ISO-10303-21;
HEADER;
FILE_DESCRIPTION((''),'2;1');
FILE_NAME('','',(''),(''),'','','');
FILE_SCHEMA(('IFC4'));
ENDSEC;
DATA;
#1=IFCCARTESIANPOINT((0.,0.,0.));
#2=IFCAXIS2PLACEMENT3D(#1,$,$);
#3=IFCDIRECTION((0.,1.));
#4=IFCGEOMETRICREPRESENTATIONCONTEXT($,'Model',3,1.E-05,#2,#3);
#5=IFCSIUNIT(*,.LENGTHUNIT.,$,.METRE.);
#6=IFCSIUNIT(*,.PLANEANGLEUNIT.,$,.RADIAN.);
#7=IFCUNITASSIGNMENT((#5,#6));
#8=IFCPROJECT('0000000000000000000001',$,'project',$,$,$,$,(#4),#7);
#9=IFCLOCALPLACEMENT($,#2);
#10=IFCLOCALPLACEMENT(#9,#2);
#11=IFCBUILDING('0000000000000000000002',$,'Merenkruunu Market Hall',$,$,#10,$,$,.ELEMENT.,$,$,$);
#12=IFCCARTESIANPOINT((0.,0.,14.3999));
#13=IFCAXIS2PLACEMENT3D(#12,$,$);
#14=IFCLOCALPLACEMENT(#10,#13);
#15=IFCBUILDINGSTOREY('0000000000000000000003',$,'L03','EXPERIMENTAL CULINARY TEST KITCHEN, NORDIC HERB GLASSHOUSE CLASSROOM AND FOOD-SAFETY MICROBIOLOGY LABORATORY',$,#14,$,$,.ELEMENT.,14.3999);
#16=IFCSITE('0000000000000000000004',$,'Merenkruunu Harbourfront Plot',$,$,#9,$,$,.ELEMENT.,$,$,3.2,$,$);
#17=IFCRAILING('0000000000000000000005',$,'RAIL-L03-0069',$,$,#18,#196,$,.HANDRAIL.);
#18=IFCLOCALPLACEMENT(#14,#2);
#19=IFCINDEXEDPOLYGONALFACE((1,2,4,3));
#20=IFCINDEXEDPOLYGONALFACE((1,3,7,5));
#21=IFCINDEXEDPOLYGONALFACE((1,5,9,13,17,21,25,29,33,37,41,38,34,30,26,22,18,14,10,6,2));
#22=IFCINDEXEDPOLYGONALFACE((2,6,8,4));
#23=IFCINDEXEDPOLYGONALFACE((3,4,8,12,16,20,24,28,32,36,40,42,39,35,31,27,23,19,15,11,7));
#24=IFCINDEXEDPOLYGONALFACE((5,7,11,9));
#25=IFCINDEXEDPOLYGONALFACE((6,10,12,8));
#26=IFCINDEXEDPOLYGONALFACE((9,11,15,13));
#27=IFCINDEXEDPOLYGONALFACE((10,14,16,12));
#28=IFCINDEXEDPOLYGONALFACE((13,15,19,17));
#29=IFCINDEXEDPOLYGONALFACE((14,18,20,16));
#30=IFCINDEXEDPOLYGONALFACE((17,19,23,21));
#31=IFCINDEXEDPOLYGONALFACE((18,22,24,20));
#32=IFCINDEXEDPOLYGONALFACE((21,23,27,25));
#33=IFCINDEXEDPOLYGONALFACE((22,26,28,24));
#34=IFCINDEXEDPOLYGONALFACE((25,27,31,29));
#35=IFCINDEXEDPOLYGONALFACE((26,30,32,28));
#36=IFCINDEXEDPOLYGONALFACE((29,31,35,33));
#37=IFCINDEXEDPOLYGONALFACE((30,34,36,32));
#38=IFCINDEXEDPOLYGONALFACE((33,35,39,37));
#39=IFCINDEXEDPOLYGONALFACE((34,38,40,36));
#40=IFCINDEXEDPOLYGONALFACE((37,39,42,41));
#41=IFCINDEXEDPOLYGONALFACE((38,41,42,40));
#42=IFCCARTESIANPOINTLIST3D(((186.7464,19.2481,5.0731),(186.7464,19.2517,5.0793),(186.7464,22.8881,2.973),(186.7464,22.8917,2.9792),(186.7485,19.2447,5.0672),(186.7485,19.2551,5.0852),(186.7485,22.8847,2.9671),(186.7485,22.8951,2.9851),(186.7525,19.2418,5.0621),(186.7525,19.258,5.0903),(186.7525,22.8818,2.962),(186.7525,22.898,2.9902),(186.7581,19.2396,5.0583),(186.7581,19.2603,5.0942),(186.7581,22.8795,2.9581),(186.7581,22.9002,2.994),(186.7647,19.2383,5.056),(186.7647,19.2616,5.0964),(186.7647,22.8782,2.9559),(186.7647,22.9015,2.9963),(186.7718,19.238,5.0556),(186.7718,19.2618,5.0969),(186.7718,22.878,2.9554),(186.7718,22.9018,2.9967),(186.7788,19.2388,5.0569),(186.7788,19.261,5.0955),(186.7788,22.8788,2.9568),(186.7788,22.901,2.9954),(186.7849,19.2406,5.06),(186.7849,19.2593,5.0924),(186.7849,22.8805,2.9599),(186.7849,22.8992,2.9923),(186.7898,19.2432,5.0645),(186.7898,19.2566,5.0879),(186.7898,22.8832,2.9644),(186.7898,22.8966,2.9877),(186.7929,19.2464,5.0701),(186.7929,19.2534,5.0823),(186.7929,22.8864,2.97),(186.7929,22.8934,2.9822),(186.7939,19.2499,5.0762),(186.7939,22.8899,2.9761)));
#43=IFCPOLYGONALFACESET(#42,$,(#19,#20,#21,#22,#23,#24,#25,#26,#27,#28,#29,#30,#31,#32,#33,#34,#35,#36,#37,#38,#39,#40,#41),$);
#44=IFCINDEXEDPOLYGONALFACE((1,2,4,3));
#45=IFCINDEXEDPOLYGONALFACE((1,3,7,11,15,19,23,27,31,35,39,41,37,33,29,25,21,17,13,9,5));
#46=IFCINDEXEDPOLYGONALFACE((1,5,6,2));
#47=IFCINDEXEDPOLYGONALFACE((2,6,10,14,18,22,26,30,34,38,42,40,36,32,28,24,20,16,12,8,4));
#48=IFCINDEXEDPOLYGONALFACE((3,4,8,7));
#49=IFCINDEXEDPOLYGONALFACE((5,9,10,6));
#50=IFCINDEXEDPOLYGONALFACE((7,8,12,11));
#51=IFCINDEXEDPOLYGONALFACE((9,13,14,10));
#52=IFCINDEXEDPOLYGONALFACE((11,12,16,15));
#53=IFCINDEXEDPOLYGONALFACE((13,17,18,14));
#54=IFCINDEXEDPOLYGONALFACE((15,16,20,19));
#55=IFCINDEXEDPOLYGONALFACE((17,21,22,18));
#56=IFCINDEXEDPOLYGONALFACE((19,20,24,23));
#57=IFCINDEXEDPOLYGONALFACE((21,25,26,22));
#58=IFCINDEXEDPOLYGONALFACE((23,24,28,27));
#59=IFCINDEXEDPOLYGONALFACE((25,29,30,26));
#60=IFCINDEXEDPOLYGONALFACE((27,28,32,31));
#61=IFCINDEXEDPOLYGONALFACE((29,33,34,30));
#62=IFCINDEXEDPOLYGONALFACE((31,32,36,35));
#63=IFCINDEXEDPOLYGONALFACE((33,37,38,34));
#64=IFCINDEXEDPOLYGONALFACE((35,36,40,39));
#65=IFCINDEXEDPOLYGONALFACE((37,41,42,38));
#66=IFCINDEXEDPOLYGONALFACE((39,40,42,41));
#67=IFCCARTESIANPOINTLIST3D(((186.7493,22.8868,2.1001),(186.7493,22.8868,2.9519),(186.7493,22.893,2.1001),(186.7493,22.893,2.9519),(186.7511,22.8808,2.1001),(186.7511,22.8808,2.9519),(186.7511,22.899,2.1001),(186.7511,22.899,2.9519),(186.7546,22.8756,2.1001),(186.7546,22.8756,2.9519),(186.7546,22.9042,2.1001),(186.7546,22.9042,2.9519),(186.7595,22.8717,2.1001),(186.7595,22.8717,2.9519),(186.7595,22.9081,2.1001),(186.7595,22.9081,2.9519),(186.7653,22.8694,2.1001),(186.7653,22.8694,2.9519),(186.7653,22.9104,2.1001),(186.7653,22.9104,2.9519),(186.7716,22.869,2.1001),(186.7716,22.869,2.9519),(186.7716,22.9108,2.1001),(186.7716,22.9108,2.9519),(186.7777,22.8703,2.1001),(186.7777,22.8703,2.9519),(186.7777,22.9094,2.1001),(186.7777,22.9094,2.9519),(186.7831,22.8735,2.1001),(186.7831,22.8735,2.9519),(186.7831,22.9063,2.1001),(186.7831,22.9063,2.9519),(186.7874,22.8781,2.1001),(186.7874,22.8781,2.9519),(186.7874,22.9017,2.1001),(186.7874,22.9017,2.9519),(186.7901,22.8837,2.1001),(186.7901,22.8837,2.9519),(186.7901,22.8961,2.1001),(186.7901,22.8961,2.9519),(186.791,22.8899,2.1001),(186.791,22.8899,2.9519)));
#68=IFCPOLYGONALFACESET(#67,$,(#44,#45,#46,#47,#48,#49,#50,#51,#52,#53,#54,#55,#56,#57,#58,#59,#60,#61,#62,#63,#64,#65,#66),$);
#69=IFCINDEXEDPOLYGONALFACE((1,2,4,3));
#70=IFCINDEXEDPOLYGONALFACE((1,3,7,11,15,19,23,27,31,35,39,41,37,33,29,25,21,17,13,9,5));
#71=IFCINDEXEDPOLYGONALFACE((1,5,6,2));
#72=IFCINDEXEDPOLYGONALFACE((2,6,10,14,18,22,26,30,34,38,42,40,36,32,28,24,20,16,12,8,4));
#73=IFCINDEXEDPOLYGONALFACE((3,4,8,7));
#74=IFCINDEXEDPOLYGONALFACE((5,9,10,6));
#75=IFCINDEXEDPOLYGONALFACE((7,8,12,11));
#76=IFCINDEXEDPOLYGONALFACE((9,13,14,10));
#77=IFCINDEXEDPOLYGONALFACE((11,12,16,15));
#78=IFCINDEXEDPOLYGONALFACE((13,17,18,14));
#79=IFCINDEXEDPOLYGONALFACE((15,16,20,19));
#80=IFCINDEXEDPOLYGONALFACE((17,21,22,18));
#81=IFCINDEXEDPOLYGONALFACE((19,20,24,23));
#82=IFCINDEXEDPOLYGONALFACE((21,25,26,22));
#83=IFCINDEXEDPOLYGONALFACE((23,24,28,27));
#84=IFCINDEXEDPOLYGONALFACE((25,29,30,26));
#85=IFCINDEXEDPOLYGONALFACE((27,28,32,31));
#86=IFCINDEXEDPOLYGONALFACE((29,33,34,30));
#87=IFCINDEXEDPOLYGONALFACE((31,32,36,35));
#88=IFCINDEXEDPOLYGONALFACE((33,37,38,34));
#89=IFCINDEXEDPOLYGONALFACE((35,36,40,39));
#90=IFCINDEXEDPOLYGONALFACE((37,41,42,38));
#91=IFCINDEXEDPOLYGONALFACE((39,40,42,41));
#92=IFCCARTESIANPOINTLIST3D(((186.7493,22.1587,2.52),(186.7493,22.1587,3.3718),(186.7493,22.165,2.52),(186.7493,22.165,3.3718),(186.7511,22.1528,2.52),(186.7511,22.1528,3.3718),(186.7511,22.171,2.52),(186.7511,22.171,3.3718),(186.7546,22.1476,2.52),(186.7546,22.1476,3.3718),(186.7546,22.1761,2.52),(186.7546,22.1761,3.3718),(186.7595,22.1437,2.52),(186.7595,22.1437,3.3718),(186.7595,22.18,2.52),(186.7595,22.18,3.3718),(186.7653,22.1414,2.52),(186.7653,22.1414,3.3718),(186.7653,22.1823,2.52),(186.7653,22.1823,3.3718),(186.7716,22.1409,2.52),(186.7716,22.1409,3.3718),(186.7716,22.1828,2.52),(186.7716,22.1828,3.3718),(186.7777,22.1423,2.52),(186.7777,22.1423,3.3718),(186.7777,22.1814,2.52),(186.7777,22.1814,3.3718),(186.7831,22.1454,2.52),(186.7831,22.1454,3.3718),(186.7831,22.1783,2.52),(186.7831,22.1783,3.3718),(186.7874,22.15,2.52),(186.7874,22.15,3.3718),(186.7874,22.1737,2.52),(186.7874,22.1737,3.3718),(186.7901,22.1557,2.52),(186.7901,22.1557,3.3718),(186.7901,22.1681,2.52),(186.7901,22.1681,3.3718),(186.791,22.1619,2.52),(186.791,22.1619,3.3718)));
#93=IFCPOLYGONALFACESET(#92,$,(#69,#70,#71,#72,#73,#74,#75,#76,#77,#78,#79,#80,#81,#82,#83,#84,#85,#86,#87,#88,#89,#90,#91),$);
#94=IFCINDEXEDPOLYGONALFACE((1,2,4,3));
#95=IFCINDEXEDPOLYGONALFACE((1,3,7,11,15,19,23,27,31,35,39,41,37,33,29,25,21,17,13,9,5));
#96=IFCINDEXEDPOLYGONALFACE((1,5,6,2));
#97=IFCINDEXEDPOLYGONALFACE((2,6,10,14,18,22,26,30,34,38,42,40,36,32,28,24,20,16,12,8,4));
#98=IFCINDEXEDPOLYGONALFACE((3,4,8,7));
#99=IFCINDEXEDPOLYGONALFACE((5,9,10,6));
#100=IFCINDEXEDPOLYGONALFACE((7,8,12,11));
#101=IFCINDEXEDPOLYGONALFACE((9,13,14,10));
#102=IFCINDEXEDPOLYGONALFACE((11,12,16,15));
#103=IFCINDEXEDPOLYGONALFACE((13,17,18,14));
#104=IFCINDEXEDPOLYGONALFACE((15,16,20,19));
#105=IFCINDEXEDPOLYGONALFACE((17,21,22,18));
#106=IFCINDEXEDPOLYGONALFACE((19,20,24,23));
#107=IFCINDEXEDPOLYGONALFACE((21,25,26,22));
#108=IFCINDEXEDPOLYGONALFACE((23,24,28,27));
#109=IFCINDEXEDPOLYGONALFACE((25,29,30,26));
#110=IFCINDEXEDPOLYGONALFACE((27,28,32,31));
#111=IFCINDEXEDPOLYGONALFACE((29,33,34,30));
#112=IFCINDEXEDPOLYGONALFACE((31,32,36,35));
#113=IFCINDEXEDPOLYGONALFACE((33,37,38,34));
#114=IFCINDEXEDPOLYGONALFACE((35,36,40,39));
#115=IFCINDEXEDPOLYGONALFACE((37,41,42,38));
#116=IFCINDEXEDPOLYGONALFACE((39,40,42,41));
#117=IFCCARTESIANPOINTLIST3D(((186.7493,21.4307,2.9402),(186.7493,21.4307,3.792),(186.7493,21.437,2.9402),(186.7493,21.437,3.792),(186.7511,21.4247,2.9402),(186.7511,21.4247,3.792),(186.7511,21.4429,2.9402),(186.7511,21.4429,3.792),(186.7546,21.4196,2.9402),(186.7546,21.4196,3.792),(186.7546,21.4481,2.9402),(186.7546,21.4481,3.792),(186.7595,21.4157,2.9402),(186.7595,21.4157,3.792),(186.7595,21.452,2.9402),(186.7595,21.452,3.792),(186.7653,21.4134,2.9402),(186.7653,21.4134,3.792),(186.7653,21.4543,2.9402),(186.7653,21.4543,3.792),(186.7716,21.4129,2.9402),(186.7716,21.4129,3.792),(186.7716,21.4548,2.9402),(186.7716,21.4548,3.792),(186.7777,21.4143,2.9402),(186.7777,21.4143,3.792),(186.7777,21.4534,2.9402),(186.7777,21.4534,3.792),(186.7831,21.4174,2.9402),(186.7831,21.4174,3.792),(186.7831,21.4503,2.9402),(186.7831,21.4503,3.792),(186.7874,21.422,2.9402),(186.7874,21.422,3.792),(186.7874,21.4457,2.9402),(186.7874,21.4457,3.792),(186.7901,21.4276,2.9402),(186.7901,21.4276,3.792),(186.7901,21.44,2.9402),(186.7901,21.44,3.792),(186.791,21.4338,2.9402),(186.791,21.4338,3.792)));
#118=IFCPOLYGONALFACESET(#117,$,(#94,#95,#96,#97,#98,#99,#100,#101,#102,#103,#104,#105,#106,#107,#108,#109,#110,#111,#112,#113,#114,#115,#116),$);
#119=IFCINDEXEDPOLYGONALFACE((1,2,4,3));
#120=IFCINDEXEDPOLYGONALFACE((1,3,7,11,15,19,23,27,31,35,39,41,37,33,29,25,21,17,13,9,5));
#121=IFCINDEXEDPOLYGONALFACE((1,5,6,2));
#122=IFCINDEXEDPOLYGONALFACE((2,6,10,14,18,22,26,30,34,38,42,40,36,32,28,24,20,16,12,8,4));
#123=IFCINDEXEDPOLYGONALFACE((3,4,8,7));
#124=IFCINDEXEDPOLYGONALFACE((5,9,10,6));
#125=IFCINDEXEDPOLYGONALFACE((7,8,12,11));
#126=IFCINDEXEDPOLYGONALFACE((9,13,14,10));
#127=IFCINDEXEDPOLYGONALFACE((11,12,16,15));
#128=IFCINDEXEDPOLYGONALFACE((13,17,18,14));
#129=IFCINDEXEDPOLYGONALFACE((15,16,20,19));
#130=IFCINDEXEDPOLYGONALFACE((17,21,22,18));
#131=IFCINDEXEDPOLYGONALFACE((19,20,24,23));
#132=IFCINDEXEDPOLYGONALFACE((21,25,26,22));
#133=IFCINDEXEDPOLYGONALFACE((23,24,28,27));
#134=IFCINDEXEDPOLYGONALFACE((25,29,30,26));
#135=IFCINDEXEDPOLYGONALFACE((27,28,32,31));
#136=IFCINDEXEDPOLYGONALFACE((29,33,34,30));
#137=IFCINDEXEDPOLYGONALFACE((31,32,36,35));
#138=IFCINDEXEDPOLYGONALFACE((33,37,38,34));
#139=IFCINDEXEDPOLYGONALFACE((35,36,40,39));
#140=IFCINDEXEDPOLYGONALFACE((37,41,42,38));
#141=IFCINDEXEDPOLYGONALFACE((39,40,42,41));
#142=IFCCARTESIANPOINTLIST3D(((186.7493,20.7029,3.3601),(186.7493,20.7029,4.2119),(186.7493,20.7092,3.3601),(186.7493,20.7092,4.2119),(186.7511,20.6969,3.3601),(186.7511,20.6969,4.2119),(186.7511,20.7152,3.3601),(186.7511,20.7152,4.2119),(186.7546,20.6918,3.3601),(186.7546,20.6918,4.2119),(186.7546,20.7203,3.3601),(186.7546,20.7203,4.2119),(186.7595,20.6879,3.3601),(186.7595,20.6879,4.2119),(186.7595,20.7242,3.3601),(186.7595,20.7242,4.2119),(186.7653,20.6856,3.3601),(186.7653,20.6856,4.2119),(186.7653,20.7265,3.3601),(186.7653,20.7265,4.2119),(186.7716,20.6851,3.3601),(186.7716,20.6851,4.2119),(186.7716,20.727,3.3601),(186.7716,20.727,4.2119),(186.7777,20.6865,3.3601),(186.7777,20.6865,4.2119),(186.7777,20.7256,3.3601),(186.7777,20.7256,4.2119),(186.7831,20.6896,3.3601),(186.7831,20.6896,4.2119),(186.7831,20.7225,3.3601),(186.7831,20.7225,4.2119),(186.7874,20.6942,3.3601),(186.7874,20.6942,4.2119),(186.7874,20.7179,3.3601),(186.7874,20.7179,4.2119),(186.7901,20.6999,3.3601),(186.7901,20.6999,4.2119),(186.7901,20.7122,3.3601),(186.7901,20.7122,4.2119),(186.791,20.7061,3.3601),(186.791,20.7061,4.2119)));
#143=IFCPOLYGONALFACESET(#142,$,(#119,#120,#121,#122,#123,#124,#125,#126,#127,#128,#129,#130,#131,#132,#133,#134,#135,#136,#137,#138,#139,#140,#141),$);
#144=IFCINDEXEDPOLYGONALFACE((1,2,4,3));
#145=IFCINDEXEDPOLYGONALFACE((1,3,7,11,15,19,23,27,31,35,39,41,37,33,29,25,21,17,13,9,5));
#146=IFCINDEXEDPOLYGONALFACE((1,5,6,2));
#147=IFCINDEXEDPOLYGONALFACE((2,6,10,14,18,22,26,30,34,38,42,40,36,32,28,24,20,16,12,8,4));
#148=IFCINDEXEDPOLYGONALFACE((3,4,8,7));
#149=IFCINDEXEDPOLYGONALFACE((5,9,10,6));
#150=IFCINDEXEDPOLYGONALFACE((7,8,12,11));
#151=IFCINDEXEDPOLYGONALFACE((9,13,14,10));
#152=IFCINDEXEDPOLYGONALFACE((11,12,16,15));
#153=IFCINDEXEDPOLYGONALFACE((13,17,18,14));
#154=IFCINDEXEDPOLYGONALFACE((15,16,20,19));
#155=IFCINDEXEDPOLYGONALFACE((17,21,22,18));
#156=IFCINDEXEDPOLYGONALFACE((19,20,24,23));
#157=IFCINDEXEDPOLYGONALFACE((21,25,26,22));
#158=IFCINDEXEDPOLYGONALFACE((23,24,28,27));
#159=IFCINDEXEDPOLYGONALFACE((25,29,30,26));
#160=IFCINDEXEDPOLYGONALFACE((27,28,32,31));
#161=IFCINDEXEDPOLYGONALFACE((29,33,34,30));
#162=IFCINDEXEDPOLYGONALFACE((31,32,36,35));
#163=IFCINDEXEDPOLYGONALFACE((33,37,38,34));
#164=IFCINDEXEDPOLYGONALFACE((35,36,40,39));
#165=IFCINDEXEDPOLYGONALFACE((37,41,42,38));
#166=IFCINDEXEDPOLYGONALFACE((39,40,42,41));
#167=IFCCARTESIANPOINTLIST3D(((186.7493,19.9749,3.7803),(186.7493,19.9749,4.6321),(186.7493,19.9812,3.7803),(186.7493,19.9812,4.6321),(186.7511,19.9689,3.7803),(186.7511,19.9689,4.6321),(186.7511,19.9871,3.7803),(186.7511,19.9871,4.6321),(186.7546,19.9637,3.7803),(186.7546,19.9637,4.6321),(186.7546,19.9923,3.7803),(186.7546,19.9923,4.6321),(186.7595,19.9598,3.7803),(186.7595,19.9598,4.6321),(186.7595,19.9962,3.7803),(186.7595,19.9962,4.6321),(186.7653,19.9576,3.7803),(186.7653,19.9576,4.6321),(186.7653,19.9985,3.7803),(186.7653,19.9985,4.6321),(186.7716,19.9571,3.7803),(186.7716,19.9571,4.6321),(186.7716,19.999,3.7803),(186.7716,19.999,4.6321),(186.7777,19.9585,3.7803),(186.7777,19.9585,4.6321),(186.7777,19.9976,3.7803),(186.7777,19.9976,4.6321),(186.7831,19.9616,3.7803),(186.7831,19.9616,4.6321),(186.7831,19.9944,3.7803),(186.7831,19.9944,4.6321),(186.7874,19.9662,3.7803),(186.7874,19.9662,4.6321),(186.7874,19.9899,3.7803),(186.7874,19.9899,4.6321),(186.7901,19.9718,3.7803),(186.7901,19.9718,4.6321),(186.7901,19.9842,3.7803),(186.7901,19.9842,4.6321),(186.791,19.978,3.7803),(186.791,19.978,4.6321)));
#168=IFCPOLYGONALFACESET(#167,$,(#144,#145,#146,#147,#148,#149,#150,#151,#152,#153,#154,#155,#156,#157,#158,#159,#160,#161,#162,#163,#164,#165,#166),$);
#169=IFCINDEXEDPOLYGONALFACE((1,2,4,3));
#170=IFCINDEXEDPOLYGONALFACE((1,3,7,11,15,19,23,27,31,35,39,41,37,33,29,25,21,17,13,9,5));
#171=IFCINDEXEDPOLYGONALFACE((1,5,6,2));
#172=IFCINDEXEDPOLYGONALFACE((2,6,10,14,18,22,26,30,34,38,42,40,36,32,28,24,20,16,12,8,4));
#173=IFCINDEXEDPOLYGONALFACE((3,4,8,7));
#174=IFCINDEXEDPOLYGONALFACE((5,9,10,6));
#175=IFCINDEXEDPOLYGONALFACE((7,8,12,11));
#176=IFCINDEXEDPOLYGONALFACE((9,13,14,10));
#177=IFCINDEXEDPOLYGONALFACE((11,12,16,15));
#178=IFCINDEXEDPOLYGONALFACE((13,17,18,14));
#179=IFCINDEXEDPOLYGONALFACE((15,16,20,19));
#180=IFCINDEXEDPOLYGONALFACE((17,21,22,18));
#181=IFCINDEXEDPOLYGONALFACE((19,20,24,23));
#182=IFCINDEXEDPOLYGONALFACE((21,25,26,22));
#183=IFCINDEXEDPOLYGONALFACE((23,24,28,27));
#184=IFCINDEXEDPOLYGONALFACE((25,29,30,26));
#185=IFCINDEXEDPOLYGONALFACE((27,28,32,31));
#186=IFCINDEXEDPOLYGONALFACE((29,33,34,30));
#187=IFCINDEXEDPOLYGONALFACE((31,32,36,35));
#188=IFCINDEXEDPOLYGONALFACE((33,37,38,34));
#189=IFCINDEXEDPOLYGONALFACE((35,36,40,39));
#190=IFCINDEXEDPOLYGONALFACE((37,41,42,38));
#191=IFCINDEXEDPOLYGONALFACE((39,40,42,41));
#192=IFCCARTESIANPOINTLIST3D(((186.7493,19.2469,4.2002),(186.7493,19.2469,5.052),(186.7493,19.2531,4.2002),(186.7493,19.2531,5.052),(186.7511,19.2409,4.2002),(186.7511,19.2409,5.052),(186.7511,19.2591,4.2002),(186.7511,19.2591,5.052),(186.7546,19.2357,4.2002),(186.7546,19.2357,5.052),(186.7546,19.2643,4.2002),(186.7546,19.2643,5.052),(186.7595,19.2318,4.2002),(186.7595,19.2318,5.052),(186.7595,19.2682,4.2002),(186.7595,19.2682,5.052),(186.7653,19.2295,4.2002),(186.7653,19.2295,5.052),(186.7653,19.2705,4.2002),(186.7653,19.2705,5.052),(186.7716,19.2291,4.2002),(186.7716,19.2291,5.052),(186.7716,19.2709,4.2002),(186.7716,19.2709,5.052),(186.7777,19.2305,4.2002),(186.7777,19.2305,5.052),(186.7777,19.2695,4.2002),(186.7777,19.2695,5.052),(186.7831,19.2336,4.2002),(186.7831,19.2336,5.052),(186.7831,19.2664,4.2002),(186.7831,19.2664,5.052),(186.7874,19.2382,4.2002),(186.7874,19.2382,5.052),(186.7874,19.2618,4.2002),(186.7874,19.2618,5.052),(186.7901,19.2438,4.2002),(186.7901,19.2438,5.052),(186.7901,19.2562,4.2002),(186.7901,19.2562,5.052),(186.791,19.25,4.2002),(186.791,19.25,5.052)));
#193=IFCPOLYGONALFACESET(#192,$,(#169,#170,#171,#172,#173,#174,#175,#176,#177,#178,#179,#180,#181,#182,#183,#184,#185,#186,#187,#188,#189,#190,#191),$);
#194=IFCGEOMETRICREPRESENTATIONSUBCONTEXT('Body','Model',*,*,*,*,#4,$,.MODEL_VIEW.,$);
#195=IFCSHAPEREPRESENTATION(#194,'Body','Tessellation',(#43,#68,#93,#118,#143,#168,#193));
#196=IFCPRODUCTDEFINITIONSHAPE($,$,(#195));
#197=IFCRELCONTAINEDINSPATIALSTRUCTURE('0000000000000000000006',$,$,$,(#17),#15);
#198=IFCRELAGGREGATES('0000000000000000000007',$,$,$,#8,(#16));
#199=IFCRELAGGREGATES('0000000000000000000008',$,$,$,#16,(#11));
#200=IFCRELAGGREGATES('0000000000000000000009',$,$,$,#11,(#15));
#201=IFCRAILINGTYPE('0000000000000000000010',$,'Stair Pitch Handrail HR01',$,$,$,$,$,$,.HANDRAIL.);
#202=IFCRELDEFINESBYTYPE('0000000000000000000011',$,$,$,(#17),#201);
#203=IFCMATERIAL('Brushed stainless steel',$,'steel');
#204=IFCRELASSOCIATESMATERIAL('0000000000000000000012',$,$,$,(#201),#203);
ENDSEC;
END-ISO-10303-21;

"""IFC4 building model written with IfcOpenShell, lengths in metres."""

from ifc_helpers import new_model, si_unit, direction, frame, origin, origin_2d, place, context, subcontext, project, spatial, circle, extrude, material, type_object, element, save


model = new_model("IFC4")

# Units and contexts
model_context = context("Model", 3, precision=1e-05, world=origin(), true_north=direction((0.0, 1.0)))
body_context = subcontext(model_context, "Body", "Model", "MODEL_VIEW")
ifc_project = project(units=[si_unit("LENGTHUNIT", "METRE"), si_unit("PLANEANGLEUNIT", "RADIAN")], contexts=[model_context])

# Site, building, storey
site_placement = place(None, origin())
site = spatial("IfcSite", under=ifc_project, at=site_placement, Name="Merenkruunu Harbourfront Plot", CompositionType="ELEMENT", RefElevation=3.2)
building_placement = place(site_placement, origin())
building = spatial("IfcBuilding", under=site, at=building_placement, Name="Merenkruunu Market Hall", CompositionType="ELEMENT")
storey_placement = place(building_placement, frame((0.0, 0.0, 14.3999)))
storey = spatial("IfcBuildingStorey", under=building, at=storey_placement, Name="L03", Description="EXPERIMENTAL CULINARY TEST KITCHEN, NORDIC HERB GLASSHOUSE CLASSROOM AND FOOD-SAFETY MICROBIOLOGY LABORATORY", CompositionType="ELEMENT", Elevation=14.3999)

# Shared definitions
ifc_material_1 = material(Name="Brushed stainless steel", Category="steel")

# Railing
railing_type_1 = type_object("IfcRailingType", Name="Stair Pitch Handrail HR01", PredefinedType="HANDRAIL", material=ifc_material_1)
railing_1_placement = place(storey_placement, frame((186.77, 22.8899, 2.1001)))
element("IfcRailing", 1, at=railing_1_placement, inside=storey, type_object=railing_type_1, Name="RAIL-L03-0069", PredefinedType="HANDRAIL", context=body_context, shape_type="SweptSolid", body=[
    extrude(circle(Radius=0.0239, at=origin_2d()), frame((0.0, 0.0, 0.876), z_axis=(0.0, -0.866169, 0.499751), x_axis=(1.0, 0.0, 0.0)), (0.0, 0.0, 1.0), 4.2024),
    extrude(circle(Radius=0.021, at=origin_2d()), origin(), (0.0, 0.0, 1.0), 0.8518),
    extrude(circle(Radius=0.021, at=origin_2d()), frame((0.0, -0.728, 0.4199)), (0.0, 0.0, 1.0), 0.8518),
    extrude(circle(Radius=0.021, at=origin_2d()), frame((0.0, -1.4561, 0.8401)), (0.0, 0.0, 1.0), 0.8518),
    extrude(circle(Radius=0.021, at=origin_2d()), frame((0.0, -2.1838, 1.26)), (0.0, 0.0, 1.0), 0.8518),
    extrude(circle(Radius=0.021, at=origin_2d()), frame((0.0, -2.9119, 1.6802)), (0.0, 0.0, 1.0), 0.8518),
    extrude(circle(Radius=0.021, at=origin_2d()), frame((0.0, -3.6399, 2.1001)), (0.0, 0.0, 1.0), 0.8518),
])

save(model, "model.ifc")
